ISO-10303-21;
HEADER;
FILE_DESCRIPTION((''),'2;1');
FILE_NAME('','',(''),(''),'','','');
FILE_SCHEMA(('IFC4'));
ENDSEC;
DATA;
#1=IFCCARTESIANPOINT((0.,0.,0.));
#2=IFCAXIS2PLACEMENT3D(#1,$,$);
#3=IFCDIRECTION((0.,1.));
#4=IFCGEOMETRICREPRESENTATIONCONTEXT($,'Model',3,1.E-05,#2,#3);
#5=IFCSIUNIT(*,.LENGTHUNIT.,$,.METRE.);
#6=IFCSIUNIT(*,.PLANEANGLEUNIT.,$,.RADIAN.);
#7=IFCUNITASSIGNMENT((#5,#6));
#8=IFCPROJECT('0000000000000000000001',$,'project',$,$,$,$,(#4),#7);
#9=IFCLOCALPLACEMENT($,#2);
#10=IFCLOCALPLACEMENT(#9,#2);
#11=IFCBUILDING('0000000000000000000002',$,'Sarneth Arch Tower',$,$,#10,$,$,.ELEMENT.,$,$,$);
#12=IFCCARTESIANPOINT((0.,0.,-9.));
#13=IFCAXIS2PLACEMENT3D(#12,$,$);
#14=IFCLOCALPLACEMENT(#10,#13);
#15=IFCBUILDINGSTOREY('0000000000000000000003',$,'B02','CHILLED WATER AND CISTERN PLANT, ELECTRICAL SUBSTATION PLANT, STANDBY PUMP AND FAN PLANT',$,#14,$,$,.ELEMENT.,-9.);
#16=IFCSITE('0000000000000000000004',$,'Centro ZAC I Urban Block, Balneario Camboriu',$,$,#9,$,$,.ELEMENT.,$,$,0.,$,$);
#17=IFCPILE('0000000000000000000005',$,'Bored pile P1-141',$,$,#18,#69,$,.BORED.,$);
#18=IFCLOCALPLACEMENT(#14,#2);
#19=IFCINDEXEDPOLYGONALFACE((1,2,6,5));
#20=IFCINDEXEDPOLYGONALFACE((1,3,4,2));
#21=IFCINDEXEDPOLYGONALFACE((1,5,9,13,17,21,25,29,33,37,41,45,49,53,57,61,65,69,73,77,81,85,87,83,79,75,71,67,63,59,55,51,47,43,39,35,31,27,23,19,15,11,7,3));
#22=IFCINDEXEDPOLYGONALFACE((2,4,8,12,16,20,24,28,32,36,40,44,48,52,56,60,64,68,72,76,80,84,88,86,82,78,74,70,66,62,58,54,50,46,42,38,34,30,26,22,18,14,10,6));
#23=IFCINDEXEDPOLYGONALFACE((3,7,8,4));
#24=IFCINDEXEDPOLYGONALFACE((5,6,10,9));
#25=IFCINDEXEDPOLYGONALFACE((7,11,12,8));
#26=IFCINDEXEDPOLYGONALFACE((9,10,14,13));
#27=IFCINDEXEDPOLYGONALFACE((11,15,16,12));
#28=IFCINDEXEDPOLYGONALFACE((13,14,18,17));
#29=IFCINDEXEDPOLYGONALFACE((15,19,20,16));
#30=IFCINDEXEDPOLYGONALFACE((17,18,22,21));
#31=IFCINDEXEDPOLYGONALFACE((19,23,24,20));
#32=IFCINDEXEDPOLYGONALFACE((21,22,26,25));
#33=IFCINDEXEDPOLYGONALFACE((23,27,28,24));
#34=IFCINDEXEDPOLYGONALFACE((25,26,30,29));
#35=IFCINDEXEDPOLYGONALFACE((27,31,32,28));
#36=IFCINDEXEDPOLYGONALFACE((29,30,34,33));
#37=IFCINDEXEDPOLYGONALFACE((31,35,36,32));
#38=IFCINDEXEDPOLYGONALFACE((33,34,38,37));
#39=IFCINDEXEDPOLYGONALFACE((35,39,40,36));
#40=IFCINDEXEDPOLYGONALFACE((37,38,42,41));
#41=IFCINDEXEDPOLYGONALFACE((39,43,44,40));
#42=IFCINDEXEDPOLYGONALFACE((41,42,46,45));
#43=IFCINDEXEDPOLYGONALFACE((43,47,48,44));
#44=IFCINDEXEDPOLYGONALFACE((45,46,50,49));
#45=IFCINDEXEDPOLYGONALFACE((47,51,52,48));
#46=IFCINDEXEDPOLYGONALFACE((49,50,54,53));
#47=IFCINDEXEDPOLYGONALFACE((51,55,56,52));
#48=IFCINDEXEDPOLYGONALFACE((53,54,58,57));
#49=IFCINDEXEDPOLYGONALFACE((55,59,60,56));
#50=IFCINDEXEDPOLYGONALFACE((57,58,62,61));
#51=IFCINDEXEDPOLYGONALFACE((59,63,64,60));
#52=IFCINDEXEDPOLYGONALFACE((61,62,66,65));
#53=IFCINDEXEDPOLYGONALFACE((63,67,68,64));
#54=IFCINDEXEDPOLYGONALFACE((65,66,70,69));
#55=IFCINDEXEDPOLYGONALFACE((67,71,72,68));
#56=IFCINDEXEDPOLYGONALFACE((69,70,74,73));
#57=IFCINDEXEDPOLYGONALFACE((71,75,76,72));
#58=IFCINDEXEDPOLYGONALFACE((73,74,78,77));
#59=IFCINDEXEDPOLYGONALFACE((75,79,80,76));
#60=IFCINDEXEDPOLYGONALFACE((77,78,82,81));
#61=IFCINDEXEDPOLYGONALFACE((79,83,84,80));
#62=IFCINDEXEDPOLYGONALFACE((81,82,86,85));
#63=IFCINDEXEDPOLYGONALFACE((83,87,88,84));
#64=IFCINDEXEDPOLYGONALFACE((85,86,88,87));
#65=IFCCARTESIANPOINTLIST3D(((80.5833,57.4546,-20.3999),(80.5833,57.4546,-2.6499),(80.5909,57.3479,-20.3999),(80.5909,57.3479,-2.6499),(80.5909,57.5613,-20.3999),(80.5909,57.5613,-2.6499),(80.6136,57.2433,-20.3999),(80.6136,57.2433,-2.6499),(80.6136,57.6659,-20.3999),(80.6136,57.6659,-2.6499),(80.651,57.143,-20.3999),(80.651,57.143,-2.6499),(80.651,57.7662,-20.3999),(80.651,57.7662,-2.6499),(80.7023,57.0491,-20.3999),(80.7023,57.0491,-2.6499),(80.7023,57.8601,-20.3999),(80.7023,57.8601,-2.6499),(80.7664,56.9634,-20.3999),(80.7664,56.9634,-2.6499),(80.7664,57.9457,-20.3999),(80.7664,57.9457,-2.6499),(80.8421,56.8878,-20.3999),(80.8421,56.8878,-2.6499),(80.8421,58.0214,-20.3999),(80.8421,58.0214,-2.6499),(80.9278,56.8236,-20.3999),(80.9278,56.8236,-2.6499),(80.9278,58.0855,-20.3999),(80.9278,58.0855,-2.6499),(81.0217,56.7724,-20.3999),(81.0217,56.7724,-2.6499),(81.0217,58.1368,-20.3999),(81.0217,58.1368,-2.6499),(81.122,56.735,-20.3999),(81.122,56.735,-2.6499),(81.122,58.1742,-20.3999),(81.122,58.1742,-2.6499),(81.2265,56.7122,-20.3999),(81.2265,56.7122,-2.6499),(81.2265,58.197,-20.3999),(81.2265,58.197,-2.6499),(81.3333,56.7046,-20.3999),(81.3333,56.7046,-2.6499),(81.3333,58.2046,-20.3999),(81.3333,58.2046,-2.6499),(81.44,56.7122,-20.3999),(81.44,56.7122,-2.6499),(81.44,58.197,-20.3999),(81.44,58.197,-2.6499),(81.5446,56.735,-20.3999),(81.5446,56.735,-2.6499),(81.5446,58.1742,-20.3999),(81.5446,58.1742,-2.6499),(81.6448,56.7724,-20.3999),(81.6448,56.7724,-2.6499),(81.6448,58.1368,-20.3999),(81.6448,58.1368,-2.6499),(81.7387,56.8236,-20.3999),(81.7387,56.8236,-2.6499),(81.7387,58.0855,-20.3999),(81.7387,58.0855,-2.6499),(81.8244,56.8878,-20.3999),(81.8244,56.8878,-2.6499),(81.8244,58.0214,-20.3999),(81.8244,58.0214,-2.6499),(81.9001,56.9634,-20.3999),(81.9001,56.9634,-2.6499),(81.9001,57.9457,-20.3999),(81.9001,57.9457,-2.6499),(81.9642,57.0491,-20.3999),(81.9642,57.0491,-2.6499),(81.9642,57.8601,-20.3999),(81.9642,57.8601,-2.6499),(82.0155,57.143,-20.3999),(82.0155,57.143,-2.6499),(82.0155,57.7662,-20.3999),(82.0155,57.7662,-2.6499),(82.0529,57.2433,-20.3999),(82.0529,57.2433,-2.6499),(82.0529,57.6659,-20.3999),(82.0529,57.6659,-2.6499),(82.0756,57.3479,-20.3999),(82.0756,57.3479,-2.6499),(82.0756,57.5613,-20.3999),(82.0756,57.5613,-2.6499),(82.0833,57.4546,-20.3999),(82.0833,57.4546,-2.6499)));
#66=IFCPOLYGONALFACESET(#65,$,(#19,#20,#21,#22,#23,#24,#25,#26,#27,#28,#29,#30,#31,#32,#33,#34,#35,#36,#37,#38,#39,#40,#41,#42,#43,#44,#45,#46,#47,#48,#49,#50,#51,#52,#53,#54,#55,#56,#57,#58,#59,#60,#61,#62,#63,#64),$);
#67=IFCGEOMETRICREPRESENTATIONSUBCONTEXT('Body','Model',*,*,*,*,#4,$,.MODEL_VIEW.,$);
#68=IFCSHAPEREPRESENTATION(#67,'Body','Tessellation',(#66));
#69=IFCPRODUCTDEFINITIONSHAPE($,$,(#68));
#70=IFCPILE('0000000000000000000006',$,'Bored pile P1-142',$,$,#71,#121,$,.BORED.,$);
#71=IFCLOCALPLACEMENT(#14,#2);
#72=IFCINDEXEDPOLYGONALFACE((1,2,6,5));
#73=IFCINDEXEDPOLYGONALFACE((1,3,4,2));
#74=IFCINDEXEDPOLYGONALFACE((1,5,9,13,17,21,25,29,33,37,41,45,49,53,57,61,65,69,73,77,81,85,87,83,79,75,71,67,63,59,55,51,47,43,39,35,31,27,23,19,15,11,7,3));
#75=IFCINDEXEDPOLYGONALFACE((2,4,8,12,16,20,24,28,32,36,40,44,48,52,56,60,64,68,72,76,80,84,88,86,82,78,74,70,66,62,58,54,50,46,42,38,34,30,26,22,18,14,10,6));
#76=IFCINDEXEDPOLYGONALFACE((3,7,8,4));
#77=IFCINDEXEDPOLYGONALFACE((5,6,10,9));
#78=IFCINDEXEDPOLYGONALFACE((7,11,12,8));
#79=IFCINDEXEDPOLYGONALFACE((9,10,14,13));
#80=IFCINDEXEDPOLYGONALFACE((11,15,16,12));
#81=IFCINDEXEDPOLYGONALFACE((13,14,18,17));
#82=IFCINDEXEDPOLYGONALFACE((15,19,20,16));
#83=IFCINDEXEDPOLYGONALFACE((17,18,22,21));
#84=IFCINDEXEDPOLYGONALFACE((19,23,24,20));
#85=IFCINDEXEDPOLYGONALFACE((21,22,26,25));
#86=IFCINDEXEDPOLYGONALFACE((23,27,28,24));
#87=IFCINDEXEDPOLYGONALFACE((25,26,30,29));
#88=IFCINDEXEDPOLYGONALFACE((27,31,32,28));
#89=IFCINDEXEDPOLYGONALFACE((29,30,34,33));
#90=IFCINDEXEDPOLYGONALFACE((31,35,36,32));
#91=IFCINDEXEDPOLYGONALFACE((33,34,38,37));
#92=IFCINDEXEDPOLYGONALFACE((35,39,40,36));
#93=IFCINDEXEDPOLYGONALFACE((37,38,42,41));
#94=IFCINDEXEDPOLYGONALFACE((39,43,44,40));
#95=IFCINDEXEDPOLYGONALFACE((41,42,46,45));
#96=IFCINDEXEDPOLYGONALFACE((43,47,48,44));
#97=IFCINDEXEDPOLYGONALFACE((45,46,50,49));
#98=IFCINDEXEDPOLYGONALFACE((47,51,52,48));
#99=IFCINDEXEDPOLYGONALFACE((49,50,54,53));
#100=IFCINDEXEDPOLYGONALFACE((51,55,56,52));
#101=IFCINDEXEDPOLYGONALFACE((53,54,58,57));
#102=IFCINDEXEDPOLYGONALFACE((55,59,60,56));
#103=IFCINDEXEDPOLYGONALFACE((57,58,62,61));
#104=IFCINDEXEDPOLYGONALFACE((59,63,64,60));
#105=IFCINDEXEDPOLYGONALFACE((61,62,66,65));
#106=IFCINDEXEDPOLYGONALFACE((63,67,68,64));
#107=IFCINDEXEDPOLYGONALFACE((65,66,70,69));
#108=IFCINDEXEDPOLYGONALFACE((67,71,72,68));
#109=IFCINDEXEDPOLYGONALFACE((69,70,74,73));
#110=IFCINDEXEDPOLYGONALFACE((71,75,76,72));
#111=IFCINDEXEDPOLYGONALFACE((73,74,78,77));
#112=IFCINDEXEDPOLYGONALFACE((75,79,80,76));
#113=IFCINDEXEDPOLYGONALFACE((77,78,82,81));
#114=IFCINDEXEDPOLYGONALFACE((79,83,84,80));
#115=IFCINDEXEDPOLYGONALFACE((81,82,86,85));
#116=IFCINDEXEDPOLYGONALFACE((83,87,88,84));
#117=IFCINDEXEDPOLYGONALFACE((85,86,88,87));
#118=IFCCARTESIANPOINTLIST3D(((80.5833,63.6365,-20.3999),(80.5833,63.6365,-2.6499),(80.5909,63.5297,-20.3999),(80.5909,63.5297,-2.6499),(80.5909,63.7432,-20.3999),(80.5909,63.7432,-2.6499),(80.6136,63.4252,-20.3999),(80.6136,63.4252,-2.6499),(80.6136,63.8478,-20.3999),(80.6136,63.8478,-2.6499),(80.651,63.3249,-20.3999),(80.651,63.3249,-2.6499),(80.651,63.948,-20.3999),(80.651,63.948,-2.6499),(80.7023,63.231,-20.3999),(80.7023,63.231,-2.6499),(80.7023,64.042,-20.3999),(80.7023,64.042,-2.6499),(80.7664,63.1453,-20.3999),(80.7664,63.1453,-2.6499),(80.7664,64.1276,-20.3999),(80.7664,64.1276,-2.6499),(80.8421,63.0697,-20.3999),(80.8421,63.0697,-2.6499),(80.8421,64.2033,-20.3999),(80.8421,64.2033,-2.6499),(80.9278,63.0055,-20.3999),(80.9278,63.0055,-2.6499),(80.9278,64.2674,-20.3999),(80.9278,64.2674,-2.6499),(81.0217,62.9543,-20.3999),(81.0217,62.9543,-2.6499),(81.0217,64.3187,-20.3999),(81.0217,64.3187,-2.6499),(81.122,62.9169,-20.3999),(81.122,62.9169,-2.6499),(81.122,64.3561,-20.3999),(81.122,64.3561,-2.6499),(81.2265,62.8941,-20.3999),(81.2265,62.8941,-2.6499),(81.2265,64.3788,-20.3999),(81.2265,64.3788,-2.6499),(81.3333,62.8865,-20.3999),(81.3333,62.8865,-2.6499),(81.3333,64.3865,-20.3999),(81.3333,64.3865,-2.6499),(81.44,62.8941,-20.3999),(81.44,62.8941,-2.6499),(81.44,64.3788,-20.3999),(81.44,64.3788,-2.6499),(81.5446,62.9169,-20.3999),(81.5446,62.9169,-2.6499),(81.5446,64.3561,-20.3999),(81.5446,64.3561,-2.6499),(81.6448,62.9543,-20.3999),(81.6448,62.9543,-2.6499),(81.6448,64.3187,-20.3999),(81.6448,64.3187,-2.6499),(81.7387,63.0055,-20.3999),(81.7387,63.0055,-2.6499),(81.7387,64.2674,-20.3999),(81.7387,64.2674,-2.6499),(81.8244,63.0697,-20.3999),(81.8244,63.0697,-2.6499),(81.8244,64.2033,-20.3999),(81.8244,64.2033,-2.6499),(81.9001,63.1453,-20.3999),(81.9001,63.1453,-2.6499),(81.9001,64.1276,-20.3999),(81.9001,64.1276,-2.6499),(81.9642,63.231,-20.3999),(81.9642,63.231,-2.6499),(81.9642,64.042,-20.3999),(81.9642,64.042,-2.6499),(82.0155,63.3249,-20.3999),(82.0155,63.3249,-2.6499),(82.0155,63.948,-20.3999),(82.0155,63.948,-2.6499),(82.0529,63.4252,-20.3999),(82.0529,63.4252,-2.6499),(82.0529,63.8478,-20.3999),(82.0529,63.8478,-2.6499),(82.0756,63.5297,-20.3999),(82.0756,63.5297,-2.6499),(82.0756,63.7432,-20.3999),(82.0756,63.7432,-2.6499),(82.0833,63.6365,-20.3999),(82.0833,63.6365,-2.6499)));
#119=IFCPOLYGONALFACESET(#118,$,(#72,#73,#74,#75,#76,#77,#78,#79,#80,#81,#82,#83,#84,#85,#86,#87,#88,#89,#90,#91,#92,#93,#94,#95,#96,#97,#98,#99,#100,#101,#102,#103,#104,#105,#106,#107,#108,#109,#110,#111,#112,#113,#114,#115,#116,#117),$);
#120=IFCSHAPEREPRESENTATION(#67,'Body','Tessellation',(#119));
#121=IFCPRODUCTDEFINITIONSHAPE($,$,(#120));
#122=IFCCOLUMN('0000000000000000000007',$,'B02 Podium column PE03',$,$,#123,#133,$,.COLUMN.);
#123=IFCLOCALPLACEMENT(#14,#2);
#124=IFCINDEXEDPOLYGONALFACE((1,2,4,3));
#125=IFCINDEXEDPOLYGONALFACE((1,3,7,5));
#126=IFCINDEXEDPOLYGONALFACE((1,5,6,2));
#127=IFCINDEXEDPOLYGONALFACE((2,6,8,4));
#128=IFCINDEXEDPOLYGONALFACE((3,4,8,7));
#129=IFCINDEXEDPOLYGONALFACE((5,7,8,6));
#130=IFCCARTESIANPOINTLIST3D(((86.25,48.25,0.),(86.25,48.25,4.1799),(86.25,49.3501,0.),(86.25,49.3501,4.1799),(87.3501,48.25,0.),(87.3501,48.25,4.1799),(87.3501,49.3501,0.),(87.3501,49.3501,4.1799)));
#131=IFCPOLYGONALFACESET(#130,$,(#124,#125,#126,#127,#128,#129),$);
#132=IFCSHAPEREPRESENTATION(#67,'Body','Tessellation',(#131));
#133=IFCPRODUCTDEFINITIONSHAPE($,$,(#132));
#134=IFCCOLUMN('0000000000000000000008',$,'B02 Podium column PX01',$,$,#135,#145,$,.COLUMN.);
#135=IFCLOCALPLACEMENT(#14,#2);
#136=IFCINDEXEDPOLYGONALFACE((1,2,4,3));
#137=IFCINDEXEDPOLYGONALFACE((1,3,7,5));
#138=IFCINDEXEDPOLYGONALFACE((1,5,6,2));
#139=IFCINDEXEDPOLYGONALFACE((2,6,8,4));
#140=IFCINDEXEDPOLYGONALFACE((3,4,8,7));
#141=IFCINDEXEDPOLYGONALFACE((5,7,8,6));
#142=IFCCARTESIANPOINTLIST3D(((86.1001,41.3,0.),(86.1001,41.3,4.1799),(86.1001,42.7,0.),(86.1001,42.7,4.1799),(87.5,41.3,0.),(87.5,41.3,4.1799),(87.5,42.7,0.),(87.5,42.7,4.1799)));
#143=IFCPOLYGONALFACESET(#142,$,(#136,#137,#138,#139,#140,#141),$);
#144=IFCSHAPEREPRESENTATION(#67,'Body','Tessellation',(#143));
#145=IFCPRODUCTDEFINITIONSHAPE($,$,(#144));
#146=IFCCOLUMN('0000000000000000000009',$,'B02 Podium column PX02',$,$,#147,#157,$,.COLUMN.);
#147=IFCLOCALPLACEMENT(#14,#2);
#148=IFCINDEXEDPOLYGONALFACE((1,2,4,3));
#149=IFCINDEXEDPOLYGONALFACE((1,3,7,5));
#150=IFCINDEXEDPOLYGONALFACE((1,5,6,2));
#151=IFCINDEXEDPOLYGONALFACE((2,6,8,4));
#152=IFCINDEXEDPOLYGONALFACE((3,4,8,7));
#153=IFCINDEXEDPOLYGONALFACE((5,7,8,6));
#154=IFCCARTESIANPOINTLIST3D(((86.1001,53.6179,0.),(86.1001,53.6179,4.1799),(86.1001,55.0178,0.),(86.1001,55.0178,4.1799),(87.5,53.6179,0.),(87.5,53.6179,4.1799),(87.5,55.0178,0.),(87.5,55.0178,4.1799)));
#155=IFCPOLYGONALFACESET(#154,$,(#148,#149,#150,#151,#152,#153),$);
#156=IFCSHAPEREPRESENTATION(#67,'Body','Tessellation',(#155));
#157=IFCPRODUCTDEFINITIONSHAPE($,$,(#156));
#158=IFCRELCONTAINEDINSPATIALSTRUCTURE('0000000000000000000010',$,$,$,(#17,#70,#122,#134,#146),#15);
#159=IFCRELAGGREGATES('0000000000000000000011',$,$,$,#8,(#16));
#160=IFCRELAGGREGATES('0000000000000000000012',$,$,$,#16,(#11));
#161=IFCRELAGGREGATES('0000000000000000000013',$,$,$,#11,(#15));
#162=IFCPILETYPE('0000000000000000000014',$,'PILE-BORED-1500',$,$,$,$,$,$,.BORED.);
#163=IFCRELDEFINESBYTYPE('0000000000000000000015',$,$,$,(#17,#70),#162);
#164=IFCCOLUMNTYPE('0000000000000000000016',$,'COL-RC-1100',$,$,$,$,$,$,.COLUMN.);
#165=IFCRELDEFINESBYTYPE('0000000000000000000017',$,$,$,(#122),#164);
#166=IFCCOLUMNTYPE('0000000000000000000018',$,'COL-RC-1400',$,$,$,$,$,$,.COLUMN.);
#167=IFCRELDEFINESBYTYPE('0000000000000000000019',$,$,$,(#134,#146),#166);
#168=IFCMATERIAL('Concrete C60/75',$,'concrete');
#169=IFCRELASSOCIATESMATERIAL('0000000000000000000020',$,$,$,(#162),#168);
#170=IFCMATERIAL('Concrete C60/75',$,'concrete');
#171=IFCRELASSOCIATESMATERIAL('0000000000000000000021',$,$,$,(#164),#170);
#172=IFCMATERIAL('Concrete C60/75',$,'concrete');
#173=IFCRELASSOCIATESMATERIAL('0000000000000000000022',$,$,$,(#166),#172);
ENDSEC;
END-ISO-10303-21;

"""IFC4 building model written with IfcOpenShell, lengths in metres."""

from ifc_helpers import new_model, si_unit, direction, frame, origin, origin_2d, place, context, subcontext, project, spatial, rectangle, circle, extrude, material, material_profile, profile_set, type_object, element, save


model = new_model("IFC4")

# Units and contexts
model_context = context("Model", 3, precision=1e-05, world=origin(), true_north=direction((0.0, 1.0)))
body_context = subcontext(model_context, "Body", "Model", "MODEL_VIEW")
ifc_project = project(units=[si_unit("LENGTHUNIT", "METRE"), si_unit("PLANEANGLEUNIT", "RADIAN")], contexts=[model_context])

# Site, building, storey
site_placement = place(None, origin())
site = spatial("IfcSite", under=ifc_project, at=site_placement, Name="Centro ZAC I Urban Block, Balneario Camboriu", CompositionType="ELEMENT", RefElevation=0.0)
building_placement = place(site_placement, origin())
building = spatial("IfcBuilding", under=site, at=building_placement, Name="Sarneth Arch Tower", CompositionType="ELEMENT")
storey_placement = place(building_placement, frame((0.0, 0.0, -9.0)))
storey = spatial("IfcBuildingStorey", under=building, at=storey_placement, Name="B02", Description="CHILLED WATER AND CISTERN PLANT, ELECTRICAL SUBSTATION PLANT, STANDBY PUMP AND FAN PLANT", CompositionType="ELEMENT", Elevation=-9.0)

# Piles
ifc_material_1 = material(Name="Concrete C60/75", Category="concrete")
ifc_material_profile_1 = material_profile(ifc_material_1, circle(Radius=0.75, at=origin_2d()), Name="PILE-D1500")
ifc_profile_set_1 = profile_set([ifc_material_profile_1], Name="Concrete C60/75")
pile_type_1 = type_object("IfcPileType", Name="PILE-BORED-1500", PredefinedType="BORED", material=ifc_profile_set_1)
for number, where, z_axis, x_axis, name in (
    (1, (81.3333, 57.4546, -2.6499), (0.0, 0.0, -1.0), (1.0, 0.0, 0.0), "Bored pile P1-141"),
    (2, (81.3333, 63.6365, -2.6499), (0.0, 0.0, -1.0), (1.0, 0.0, 0.0), "Bored pile P1-142"),
):
    element("IfcPile", number, at=place(storey_placement, frame(where, z_axis=z_axis, x_axis=x_axis)), inside=storey, type_object=pile_type_1, Name=name, PredefinedType="BORED", context=body_context, shape_type="SweptSolid", body=[
        extrude(circle(Radius=0.75, at=origin_2d()), origin(), (0.0, 0.0, 1.0), 17.75),
    ])

# Columns
ifc_material_2 = material(Name="Concrete C60/75", Category="concrete")
ifc_material_profile_2 = material_profile(ifc_material_2, rectangle(XDim=1.1001, YDim=1.1001, at=origin_2d()), Name="RC-1100x1100")
ifc_profile_set_2 = profile_set([ifc_material_profile_2], Name="Concrete C60/75")
column_type_1 = type_object("IfcColumnType", Name="COL-RC-1100", PredefinedType="COLUMN", material=ifc_profile_set_2)
column_placement = place(storey_placement, frame((86.8, 48.8, 0.0), z_axis=(0.0, 0.0, 1.0), x_axis=(1.0, 0.0, 0.0)))
element("IfcColumn", 3, at=column_placement, inside=storey, type_object=column_type_1, Name="B02 Podium column PE03", PredefinedType="COLUMN", context=body_context, shape_type="SweptSolid", body=[
    extrude(rectangle(XDim=1.1001, YDim=1.1001, at=origin_2d()), origin(), (0.0, 0.0, 1.0), 4.1799),
])
ifc_material_3 = material(Name="Concrete C60/75", Category="concrete")
ifc_material_profile_3 = material_profile(ifc_material_3, rectangle(XDim=1.3999, YDim=1.3999, at=origin_2d()), Name="RC-1400x1400")
ifc_profile_set_3 = profile_set([ifc_material_profile_3], Name="Concrete C60/75")
column_type_2 = type_object("IfcColumnType", Name="COL-RC-1400", PredefinedType="COLUMN", material=ifc_profile_set_3)
for number, where, z_axis, x_axis, name in (
    (4, (86.8, 42.0, 0.0), (0.0, 0.0, 1.0), (1.0, 0.0, 0.0), "B02 Podium column PX01"),
    (5, (86.8, 54.3179, 0.0), (0.0, 0.0, 1.0), (1.0, 0.0, 0.0), "B02 Podium column PX02"),
):
    element("IfcColumn", number, at=place(storey_placement, frame(where, z_axis=z_axis, x_axis=x_axis)), inside=storey, type_object=column_type_2, Name=name, PredefinedType="COLUMN", context=body_context, shape_type="SweptSolid", body=[
        extrude(rectangle(XDim=1.3999, YDim=1.3999, at=origin_2d()), origin(), (0.0, 0.0, 1.0), 4.1799),
    ])

save(model, "model.ifc")
